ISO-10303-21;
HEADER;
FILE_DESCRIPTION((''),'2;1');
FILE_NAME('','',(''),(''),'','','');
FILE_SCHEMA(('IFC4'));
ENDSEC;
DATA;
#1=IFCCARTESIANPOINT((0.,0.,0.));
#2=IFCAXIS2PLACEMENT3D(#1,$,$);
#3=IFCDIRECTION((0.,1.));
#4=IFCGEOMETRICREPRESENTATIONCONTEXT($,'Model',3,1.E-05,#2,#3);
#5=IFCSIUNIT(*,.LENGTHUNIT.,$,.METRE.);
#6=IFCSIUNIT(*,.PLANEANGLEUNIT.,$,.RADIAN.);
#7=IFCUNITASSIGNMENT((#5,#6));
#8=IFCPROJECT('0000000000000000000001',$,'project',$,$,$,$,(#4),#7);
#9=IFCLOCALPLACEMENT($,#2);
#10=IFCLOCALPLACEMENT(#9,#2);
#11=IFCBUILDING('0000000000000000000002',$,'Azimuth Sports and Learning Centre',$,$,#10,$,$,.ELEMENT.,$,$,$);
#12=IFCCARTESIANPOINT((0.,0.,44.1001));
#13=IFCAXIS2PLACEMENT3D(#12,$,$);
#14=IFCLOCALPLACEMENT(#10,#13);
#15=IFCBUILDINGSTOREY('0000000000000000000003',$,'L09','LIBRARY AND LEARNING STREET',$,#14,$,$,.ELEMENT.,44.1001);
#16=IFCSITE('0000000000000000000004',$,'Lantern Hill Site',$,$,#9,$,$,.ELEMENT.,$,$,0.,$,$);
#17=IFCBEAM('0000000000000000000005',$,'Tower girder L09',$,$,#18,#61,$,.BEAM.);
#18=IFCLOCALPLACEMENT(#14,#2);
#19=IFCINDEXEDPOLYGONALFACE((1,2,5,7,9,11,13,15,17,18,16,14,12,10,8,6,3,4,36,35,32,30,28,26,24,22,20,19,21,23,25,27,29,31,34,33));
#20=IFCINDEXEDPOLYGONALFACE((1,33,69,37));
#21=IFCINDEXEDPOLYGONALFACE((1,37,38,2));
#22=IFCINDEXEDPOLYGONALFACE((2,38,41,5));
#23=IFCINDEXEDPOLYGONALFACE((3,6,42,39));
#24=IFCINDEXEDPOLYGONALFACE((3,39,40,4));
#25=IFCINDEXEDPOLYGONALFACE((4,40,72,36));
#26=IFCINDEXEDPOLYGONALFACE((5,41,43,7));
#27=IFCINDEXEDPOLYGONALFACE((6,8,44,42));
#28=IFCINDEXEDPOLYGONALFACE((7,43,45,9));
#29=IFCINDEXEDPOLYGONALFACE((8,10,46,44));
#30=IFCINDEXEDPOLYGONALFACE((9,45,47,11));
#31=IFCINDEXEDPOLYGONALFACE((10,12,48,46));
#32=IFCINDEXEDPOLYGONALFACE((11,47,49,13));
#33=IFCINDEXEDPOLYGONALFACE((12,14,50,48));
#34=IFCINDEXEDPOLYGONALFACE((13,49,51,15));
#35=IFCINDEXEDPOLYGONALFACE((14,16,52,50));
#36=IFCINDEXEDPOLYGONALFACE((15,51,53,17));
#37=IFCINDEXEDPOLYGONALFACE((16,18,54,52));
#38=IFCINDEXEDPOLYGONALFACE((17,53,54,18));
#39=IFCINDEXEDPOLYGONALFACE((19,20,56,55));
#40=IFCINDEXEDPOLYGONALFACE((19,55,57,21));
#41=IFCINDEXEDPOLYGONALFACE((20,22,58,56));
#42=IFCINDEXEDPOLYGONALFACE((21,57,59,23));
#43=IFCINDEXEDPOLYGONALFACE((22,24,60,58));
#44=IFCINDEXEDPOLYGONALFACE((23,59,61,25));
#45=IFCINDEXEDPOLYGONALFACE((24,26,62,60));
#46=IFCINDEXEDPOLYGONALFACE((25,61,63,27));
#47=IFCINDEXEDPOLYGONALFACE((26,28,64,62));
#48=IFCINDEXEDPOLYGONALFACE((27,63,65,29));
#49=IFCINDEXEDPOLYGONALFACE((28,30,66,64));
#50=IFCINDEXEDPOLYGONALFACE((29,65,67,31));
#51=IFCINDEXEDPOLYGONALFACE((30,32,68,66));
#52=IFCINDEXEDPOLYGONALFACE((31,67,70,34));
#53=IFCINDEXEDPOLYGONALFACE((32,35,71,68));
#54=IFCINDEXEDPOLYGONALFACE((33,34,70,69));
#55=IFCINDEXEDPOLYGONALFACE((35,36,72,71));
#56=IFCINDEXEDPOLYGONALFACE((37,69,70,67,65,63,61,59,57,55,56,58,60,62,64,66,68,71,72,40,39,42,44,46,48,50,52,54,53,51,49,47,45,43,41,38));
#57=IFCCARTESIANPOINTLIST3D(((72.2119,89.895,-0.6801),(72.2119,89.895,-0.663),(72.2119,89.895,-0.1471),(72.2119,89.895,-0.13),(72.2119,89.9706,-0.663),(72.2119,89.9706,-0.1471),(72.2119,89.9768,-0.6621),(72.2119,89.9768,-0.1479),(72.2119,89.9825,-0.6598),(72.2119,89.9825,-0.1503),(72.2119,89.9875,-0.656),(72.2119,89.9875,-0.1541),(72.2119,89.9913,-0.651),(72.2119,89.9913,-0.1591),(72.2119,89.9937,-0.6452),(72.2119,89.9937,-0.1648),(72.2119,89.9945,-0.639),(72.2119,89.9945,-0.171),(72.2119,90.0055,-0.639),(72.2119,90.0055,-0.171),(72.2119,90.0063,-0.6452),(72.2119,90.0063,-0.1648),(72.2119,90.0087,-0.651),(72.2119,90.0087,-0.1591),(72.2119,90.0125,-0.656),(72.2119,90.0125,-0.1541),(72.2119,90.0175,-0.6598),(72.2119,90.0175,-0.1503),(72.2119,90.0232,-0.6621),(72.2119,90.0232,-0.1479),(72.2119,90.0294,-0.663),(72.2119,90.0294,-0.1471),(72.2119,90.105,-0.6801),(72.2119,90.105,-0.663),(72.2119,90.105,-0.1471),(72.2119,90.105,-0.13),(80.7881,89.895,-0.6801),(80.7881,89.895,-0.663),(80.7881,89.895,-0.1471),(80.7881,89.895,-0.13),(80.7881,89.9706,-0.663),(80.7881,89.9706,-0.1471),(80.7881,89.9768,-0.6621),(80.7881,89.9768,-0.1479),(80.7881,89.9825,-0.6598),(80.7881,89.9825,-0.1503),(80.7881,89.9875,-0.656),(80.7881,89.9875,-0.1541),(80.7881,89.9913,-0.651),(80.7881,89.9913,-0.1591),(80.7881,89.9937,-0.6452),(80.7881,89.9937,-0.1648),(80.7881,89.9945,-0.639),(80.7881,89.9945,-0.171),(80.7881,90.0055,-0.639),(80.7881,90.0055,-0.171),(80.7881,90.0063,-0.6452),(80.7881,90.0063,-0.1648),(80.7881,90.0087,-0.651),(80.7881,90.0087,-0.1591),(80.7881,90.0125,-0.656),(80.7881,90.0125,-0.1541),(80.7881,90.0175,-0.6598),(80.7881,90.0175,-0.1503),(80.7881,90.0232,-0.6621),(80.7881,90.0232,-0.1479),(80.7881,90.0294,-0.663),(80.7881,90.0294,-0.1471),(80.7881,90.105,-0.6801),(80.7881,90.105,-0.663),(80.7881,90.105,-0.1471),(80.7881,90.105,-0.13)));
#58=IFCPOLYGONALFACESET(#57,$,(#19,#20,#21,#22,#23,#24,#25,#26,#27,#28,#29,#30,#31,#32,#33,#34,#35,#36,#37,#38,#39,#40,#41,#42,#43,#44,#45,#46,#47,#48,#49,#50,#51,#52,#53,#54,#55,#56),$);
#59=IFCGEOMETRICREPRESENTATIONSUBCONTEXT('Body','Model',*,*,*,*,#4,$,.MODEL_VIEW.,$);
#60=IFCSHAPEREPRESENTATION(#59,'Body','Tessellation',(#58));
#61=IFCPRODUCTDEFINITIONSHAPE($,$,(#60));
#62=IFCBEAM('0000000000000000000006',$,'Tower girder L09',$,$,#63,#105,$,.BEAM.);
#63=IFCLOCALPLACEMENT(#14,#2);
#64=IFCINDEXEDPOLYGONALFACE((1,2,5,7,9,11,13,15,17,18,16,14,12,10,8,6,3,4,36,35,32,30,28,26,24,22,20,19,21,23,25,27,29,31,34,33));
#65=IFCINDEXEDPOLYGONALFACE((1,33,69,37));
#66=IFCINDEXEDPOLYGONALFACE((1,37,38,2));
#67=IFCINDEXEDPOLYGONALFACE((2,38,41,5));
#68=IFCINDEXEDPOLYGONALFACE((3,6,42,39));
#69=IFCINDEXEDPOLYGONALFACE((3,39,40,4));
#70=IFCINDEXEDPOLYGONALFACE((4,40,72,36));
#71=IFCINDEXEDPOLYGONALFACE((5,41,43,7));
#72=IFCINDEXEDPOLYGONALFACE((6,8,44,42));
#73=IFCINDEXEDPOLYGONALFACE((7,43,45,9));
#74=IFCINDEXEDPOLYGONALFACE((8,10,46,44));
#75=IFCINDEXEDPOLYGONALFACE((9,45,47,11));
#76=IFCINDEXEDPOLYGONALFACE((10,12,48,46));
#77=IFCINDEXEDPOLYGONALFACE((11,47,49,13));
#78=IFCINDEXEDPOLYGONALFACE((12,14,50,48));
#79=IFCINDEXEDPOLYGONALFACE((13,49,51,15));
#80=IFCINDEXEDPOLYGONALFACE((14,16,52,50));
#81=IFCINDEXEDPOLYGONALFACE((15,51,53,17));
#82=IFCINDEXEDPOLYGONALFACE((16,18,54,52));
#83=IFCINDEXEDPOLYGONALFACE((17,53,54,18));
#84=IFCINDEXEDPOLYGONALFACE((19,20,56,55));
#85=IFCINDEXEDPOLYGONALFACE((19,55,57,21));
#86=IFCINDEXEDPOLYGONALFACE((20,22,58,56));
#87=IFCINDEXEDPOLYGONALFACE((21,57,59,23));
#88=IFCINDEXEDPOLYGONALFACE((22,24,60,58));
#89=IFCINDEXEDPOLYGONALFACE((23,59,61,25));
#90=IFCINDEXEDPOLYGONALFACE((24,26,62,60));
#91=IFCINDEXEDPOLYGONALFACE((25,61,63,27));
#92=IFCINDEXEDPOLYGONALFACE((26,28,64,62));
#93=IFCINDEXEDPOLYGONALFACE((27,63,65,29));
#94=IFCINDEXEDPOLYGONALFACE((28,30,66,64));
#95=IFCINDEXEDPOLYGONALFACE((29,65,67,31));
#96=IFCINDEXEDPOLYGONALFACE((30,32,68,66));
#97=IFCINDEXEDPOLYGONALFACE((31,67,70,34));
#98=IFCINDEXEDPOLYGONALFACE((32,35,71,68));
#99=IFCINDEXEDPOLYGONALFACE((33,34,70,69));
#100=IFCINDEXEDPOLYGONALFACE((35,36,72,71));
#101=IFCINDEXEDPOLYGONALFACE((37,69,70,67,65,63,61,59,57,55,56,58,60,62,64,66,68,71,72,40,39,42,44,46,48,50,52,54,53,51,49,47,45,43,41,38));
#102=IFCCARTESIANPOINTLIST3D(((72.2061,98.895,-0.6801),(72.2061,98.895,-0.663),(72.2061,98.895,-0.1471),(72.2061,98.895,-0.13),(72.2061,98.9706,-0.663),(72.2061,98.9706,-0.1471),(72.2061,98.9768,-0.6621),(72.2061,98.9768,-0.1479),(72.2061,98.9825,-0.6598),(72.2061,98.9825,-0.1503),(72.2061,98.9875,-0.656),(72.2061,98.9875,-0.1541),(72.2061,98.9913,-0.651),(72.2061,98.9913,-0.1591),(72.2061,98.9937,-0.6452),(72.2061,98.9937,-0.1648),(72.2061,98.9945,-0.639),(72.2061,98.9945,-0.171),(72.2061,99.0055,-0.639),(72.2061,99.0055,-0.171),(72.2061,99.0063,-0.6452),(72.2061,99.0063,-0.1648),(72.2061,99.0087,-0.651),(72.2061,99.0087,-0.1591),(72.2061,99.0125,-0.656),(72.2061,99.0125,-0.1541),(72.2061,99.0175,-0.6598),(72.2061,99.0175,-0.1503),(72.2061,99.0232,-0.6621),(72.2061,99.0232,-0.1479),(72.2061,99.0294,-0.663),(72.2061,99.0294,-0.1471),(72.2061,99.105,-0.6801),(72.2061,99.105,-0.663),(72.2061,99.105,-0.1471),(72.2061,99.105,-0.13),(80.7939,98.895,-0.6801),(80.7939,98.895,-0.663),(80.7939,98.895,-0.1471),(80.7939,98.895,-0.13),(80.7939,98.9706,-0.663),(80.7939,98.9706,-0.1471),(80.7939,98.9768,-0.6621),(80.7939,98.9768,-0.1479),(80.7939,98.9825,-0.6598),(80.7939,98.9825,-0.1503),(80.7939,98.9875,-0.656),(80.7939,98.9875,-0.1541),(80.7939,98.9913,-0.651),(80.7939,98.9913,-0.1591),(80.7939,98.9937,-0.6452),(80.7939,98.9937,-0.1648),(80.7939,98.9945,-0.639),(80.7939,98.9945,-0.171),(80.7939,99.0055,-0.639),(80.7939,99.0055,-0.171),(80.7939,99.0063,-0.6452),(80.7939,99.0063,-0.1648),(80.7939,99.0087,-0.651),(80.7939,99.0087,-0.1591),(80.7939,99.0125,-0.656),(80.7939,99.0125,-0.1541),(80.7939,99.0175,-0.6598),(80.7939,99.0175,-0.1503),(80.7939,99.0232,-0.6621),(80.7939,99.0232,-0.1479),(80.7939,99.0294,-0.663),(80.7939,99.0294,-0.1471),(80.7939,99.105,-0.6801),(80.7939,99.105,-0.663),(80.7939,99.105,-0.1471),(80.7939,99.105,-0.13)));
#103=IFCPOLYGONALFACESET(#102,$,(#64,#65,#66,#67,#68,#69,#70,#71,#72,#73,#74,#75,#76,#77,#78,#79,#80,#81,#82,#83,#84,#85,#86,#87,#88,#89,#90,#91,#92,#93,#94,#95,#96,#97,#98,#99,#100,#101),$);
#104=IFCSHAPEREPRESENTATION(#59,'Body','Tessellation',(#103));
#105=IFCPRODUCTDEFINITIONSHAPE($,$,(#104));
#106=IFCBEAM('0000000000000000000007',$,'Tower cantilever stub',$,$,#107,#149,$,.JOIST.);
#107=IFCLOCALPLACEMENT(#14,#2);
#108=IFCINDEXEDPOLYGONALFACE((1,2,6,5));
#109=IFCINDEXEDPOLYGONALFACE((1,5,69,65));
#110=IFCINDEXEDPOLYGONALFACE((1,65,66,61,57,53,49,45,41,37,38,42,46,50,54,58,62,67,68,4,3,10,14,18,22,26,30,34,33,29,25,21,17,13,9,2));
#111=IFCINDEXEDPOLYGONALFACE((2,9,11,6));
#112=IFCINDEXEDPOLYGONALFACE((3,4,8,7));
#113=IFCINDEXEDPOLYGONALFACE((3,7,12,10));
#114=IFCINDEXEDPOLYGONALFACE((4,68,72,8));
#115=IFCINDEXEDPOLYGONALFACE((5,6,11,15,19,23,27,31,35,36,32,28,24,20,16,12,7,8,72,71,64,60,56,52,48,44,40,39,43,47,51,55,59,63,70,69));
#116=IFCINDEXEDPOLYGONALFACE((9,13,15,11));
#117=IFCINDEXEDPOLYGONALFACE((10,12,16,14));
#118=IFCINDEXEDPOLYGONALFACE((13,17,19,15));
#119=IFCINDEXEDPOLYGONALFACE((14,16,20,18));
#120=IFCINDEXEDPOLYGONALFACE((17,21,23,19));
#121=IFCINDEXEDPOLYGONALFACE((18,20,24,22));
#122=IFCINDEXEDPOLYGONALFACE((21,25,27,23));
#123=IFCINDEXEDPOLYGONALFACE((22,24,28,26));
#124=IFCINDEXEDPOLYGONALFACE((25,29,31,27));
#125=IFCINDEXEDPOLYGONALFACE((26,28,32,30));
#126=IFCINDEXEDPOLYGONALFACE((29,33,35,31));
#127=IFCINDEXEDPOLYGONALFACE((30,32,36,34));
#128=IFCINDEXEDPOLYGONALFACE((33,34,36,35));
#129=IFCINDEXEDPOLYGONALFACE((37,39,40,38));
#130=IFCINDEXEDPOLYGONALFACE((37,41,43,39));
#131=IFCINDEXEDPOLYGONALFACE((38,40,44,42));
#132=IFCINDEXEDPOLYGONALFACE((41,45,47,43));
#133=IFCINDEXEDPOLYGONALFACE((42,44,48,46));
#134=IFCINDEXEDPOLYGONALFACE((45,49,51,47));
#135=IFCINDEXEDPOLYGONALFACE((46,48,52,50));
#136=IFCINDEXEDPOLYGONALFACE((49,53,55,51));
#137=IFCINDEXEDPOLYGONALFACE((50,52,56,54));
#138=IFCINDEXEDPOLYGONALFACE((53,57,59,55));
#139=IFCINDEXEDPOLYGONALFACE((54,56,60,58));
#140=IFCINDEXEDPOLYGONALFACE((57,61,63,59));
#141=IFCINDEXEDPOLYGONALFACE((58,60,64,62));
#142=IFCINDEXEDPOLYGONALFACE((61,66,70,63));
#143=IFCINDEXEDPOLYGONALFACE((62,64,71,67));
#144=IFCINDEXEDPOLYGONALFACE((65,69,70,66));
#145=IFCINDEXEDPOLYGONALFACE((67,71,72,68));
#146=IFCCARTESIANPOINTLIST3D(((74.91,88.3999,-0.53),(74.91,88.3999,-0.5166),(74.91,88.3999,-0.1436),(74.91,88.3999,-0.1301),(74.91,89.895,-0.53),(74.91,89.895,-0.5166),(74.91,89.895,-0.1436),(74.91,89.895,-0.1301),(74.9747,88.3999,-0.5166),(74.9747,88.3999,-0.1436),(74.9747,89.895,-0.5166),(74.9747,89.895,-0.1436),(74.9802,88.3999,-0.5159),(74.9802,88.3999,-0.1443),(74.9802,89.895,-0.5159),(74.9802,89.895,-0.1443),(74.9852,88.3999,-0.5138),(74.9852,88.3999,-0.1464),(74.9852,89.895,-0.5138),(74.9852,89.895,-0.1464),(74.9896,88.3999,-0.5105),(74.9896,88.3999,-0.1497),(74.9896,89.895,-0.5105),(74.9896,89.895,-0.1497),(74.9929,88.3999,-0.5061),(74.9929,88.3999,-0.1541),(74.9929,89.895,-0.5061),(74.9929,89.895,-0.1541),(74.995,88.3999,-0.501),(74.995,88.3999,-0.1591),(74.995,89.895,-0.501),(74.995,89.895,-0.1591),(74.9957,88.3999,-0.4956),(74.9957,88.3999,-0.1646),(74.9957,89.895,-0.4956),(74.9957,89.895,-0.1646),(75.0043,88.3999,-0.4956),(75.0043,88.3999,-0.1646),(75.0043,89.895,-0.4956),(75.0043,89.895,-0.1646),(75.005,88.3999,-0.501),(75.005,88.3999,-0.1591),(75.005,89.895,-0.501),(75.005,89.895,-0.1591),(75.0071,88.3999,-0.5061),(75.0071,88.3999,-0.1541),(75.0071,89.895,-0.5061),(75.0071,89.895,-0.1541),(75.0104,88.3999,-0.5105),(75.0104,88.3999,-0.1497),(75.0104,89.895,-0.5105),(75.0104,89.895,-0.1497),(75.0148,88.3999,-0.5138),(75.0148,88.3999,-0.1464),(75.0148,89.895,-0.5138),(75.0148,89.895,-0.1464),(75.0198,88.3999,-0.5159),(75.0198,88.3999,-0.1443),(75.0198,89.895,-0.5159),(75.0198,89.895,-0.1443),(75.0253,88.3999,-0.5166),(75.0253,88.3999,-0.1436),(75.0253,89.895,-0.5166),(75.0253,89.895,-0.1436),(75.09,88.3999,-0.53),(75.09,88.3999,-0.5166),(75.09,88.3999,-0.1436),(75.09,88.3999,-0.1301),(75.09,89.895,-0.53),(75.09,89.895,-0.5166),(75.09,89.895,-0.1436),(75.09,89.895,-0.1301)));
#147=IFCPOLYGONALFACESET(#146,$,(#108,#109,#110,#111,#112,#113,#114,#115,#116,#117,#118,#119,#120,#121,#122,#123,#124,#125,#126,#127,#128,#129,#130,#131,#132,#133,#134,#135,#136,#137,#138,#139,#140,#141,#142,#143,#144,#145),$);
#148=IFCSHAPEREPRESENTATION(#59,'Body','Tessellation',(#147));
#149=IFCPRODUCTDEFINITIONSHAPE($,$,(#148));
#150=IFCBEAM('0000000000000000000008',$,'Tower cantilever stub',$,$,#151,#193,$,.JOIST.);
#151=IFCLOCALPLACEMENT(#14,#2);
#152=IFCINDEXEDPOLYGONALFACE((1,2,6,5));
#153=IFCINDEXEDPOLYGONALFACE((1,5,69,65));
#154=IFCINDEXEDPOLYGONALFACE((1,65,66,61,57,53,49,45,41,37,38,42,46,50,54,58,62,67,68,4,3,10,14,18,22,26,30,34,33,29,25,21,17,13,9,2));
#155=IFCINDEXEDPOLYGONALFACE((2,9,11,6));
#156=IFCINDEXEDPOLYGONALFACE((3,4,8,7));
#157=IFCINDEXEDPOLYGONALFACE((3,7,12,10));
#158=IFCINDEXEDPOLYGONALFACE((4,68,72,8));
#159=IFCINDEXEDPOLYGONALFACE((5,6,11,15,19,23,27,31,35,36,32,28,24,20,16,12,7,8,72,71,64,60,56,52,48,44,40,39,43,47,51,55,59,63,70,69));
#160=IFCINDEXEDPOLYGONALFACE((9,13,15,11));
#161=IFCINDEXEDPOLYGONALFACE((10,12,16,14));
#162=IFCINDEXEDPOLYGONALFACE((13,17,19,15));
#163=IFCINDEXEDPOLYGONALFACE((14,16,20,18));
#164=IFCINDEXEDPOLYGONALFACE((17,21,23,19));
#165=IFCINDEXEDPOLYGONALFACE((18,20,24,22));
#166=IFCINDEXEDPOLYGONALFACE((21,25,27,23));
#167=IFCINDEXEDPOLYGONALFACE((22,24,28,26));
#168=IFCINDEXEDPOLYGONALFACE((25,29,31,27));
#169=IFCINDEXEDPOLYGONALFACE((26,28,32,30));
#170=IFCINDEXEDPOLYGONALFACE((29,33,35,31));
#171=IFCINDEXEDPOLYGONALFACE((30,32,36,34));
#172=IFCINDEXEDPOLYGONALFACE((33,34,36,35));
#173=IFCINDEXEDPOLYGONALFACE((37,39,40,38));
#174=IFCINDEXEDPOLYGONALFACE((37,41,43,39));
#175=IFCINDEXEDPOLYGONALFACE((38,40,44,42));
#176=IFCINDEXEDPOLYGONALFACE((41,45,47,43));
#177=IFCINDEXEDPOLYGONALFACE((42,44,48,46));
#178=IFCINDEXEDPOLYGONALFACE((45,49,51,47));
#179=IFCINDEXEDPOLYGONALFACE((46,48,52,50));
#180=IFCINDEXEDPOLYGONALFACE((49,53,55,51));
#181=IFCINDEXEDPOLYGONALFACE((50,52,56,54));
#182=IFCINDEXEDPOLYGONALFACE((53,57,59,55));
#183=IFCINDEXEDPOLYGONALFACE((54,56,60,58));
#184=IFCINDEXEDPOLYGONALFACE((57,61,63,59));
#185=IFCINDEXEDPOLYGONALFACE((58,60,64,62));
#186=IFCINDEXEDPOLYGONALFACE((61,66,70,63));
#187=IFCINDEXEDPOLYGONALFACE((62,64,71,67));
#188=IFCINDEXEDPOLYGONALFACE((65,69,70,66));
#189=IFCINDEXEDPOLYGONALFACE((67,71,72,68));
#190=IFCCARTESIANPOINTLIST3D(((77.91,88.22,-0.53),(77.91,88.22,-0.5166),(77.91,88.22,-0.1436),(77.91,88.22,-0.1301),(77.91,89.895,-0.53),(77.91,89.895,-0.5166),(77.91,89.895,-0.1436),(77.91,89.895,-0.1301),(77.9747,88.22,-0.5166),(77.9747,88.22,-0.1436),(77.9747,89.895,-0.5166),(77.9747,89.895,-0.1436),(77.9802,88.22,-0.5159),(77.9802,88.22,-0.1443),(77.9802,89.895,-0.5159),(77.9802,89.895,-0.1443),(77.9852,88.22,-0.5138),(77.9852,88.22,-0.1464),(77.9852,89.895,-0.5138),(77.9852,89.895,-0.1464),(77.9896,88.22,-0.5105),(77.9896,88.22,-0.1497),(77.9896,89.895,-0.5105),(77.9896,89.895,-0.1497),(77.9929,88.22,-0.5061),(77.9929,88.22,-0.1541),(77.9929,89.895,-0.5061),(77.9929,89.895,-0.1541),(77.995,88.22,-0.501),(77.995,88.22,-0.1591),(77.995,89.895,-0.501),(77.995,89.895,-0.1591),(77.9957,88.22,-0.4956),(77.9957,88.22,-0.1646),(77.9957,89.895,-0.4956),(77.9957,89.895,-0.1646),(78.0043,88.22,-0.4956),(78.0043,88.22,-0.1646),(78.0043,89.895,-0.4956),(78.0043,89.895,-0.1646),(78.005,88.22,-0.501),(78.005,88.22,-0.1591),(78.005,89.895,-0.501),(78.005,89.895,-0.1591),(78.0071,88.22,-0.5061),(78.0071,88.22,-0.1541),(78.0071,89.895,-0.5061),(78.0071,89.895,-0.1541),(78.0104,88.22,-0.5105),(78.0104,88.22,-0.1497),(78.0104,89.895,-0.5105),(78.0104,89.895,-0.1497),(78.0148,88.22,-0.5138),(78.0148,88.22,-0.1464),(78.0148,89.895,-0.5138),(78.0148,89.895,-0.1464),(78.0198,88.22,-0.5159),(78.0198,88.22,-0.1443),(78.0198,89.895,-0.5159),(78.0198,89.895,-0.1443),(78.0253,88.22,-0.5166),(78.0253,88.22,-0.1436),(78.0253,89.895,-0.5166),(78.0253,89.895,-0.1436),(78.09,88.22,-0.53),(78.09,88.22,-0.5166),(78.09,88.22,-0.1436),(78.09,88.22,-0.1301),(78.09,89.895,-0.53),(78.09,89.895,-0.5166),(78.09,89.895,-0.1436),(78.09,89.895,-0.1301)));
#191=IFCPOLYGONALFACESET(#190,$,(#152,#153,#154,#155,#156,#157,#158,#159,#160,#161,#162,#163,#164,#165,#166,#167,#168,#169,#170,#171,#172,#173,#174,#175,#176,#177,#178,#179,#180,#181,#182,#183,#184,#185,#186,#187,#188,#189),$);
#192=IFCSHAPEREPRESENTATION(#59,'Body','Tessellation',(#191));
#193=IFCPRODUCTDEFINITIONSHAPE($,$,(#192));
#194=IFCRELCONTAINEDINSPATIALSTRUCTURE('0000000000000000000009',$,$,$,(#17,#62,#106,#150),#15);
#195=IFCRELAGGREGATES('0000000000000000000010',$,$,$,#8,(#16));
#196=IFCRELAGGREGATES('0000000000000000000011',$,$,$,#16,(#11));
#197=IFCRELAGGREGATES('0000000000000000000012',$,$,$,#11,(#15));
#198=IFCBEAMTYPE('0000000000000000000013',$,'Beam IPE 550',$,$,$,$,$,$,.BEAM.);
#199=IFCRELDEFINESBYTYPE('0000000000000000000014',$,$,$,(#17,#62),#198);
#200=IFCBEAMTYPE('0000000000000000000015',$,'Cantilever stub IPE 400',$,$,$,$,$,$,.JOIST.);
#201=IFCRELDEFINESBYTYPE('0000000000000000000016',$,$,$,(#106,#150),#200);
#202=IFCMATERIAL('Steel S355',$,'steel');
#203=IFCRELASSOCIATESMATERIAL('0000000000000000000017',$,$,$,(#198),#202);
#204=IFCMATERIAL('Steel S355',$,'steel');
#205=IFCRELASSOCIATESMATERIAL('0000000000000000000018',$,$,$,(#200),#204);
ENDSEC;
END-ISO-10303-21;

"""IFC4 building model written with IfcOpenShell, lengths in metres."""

from ifc_helpers import new_model, si_unit, direction, frame, origin, origin_2d, place, context, subcontext, project, spatial, i_section, extrude, material, material_profile, profile_set, type_object, element, save


model = new_model("IFC4")

# Units and contexts
model_context = context("Model", 3, precision=1e-05, world=origin(), true_north=direction((0.0, 1.0)))
body_context = subcontext(model_context, "Body", "Model", "MODEL_VIEW")
ifc_project = project(units=[si_unit("LENGTHUNIT", "METRE"), si_unit("PLANEANGLEUNIT", "RADIAN")], contexts=[model_context])

# Site, building, storey
site_placement = place(None, origin())
site = spatial("IfcSite", under=ifc_project, at=site_placement, Name="Lantern Hill Site", CompositionType="ELEMENT", RefElevation=0.0)
building_placement = place(site_placement, origin())
building = spatial("IfcBuilding", under=site, at=building_placement, Name="Azimuth Sports and Learning Centre", CompositionType="ELEMENT")
storey_placement = place(building_placement, frame((0.0, 0.0, 44.1001)))
storey = spatial("IfcBuildingStorey", under=building, at=storey_placement, Name="L09", Description="LIBRARY AND LEARNING STREET", CompositionType="ELEMENT", Elevation=44.1001)

# Beams
ifc_material_1 = material(Name="Steel S355", Category="steel")
ifc_material_profile_1 = material_profile(ifc_material_1, i_section(OverallWidth=0.21, OverallDepth=0.55, WebThickness=0.011, FlangeThickness=0.0171, FilletRadius=0.0239, at=origin_2d()), Name="IPE 550")
ifc_profile_set_1 = profile_set([ifc_material_profile_1], Name="Steel S355")
beam_type_1 = type_object("IfcBeamType", Name="Beam IPE 550", PredefinedType="BEAM", material=ifc_profile_set_1)
beam_1_placement = place(storey_placement, frame((72.2119, 90.0, -0.405), z_axis=(1.0, 0.0, 0.0), x_axis=(0.0, 1.0, 0.0)))
element("IfcBeam", 1, at=beam_1_placement, inside=storey, type_object=beam_type_1, Name="Tower girder L09", PredefinedType="BEAM", context=body_context, shape_type="SweptSolid", body=[
    extrude(i_section(OverallWidth=0.21, OverallDepth=0.55, WebThickness=0.011, FlangeThickness=0.0171, FilletRadius=0.0239, at=origin_2d()), origin(), (0.0, 0.0, 1.0), 8.5762),
])
beam_2_placement = place(storey_placement, frame((72.2061, 99.0, -0.405), z_axis=(1.0, 0.0, 0.0), x_axis=(0.0, 1.0, 0.0)))
element("IfcBeam", 2, at=beam_2_placement, inside=storey, type_object=beam_type_1, Name="Tower girder L09", PredefinedType="BEAM", context=body_context, shape_type="SweptSolid", body=[
    extrude(i_section(OverallWidth=0.21, OverallDepth=0.55, WebThickness=0.011, FlangeThickness=0.0171, FilletRadius=0.0239, at=origin_2d()), origin(), (0.0, 0.0, 1.0), 8.5879),
])
ifc_material_2 = material(Name="Steel S355", Category="steel")
ifc_material_profile_2 = material_profile(ifc_material_2, i_section(OverallWidth=0.1799, OverallDepth=0.3999, WebThickness=0.0085, FlangeThickness=0.0134, FilletRadius=0.021, at=origin_2d()), Name="IPE 400")
ifc_profile_set_2 = profile_set([ifc_material_profile_2], Name="Steel S355")
beam_type_2 = type_object("IfcBeamType", Name="Cantilever stub IPE 400", PredefinedType="JOIST", material=ifc_profile_set_2)
beam_3_placement = place(storey_placement, frame((75.0, 89.895, -0.3301), z_axis=(0.0, -1.0, 0.0), x_axis=(1.0, 0.0, 0.0)))
element("IfcBeam", 3, at=beam_3_placement, inside=storey, type_object=beam_type_2, Name="Tower cantilever stub", PredefinedType="JOIST", context=body_context, shape_type="SweptSolid", body=[
    extrude(i_section(OverallWidth=0.1799, OverallDepth=0.3999, WebThickness=0.0085, FlangeThickness=0.0134, FilletRadius=0.021, at=origin_2d()), origin(), (0.0, 0.0, 1.0), 1.4951),
])
beam_4_placement = place(storey_placement, frame((78.0, 89.895, -0.3301), z_axis=(0.0, -1.0, 0.0), x_axis=(1.0, 0.0, 0.0)))
element("IfcBeam", 4, at=beam_4_placement, inside=storey, type_object=beam_type_2, Name="Tower cantilever stub", PredefinedType="JOIST", context=body_context, shape_type="SweptSolid", body=[
    extrude(i_section(OverallWidth=0.1799, OverallDepth=0.3999, WebThickness=0.0085, FlangeThickness=0.0134, FilletRadius=0.021, at=origin_2d()), origin(), (0.0, 0.0, 1.0), 1.675),
])

save(model, "model.ifc")
